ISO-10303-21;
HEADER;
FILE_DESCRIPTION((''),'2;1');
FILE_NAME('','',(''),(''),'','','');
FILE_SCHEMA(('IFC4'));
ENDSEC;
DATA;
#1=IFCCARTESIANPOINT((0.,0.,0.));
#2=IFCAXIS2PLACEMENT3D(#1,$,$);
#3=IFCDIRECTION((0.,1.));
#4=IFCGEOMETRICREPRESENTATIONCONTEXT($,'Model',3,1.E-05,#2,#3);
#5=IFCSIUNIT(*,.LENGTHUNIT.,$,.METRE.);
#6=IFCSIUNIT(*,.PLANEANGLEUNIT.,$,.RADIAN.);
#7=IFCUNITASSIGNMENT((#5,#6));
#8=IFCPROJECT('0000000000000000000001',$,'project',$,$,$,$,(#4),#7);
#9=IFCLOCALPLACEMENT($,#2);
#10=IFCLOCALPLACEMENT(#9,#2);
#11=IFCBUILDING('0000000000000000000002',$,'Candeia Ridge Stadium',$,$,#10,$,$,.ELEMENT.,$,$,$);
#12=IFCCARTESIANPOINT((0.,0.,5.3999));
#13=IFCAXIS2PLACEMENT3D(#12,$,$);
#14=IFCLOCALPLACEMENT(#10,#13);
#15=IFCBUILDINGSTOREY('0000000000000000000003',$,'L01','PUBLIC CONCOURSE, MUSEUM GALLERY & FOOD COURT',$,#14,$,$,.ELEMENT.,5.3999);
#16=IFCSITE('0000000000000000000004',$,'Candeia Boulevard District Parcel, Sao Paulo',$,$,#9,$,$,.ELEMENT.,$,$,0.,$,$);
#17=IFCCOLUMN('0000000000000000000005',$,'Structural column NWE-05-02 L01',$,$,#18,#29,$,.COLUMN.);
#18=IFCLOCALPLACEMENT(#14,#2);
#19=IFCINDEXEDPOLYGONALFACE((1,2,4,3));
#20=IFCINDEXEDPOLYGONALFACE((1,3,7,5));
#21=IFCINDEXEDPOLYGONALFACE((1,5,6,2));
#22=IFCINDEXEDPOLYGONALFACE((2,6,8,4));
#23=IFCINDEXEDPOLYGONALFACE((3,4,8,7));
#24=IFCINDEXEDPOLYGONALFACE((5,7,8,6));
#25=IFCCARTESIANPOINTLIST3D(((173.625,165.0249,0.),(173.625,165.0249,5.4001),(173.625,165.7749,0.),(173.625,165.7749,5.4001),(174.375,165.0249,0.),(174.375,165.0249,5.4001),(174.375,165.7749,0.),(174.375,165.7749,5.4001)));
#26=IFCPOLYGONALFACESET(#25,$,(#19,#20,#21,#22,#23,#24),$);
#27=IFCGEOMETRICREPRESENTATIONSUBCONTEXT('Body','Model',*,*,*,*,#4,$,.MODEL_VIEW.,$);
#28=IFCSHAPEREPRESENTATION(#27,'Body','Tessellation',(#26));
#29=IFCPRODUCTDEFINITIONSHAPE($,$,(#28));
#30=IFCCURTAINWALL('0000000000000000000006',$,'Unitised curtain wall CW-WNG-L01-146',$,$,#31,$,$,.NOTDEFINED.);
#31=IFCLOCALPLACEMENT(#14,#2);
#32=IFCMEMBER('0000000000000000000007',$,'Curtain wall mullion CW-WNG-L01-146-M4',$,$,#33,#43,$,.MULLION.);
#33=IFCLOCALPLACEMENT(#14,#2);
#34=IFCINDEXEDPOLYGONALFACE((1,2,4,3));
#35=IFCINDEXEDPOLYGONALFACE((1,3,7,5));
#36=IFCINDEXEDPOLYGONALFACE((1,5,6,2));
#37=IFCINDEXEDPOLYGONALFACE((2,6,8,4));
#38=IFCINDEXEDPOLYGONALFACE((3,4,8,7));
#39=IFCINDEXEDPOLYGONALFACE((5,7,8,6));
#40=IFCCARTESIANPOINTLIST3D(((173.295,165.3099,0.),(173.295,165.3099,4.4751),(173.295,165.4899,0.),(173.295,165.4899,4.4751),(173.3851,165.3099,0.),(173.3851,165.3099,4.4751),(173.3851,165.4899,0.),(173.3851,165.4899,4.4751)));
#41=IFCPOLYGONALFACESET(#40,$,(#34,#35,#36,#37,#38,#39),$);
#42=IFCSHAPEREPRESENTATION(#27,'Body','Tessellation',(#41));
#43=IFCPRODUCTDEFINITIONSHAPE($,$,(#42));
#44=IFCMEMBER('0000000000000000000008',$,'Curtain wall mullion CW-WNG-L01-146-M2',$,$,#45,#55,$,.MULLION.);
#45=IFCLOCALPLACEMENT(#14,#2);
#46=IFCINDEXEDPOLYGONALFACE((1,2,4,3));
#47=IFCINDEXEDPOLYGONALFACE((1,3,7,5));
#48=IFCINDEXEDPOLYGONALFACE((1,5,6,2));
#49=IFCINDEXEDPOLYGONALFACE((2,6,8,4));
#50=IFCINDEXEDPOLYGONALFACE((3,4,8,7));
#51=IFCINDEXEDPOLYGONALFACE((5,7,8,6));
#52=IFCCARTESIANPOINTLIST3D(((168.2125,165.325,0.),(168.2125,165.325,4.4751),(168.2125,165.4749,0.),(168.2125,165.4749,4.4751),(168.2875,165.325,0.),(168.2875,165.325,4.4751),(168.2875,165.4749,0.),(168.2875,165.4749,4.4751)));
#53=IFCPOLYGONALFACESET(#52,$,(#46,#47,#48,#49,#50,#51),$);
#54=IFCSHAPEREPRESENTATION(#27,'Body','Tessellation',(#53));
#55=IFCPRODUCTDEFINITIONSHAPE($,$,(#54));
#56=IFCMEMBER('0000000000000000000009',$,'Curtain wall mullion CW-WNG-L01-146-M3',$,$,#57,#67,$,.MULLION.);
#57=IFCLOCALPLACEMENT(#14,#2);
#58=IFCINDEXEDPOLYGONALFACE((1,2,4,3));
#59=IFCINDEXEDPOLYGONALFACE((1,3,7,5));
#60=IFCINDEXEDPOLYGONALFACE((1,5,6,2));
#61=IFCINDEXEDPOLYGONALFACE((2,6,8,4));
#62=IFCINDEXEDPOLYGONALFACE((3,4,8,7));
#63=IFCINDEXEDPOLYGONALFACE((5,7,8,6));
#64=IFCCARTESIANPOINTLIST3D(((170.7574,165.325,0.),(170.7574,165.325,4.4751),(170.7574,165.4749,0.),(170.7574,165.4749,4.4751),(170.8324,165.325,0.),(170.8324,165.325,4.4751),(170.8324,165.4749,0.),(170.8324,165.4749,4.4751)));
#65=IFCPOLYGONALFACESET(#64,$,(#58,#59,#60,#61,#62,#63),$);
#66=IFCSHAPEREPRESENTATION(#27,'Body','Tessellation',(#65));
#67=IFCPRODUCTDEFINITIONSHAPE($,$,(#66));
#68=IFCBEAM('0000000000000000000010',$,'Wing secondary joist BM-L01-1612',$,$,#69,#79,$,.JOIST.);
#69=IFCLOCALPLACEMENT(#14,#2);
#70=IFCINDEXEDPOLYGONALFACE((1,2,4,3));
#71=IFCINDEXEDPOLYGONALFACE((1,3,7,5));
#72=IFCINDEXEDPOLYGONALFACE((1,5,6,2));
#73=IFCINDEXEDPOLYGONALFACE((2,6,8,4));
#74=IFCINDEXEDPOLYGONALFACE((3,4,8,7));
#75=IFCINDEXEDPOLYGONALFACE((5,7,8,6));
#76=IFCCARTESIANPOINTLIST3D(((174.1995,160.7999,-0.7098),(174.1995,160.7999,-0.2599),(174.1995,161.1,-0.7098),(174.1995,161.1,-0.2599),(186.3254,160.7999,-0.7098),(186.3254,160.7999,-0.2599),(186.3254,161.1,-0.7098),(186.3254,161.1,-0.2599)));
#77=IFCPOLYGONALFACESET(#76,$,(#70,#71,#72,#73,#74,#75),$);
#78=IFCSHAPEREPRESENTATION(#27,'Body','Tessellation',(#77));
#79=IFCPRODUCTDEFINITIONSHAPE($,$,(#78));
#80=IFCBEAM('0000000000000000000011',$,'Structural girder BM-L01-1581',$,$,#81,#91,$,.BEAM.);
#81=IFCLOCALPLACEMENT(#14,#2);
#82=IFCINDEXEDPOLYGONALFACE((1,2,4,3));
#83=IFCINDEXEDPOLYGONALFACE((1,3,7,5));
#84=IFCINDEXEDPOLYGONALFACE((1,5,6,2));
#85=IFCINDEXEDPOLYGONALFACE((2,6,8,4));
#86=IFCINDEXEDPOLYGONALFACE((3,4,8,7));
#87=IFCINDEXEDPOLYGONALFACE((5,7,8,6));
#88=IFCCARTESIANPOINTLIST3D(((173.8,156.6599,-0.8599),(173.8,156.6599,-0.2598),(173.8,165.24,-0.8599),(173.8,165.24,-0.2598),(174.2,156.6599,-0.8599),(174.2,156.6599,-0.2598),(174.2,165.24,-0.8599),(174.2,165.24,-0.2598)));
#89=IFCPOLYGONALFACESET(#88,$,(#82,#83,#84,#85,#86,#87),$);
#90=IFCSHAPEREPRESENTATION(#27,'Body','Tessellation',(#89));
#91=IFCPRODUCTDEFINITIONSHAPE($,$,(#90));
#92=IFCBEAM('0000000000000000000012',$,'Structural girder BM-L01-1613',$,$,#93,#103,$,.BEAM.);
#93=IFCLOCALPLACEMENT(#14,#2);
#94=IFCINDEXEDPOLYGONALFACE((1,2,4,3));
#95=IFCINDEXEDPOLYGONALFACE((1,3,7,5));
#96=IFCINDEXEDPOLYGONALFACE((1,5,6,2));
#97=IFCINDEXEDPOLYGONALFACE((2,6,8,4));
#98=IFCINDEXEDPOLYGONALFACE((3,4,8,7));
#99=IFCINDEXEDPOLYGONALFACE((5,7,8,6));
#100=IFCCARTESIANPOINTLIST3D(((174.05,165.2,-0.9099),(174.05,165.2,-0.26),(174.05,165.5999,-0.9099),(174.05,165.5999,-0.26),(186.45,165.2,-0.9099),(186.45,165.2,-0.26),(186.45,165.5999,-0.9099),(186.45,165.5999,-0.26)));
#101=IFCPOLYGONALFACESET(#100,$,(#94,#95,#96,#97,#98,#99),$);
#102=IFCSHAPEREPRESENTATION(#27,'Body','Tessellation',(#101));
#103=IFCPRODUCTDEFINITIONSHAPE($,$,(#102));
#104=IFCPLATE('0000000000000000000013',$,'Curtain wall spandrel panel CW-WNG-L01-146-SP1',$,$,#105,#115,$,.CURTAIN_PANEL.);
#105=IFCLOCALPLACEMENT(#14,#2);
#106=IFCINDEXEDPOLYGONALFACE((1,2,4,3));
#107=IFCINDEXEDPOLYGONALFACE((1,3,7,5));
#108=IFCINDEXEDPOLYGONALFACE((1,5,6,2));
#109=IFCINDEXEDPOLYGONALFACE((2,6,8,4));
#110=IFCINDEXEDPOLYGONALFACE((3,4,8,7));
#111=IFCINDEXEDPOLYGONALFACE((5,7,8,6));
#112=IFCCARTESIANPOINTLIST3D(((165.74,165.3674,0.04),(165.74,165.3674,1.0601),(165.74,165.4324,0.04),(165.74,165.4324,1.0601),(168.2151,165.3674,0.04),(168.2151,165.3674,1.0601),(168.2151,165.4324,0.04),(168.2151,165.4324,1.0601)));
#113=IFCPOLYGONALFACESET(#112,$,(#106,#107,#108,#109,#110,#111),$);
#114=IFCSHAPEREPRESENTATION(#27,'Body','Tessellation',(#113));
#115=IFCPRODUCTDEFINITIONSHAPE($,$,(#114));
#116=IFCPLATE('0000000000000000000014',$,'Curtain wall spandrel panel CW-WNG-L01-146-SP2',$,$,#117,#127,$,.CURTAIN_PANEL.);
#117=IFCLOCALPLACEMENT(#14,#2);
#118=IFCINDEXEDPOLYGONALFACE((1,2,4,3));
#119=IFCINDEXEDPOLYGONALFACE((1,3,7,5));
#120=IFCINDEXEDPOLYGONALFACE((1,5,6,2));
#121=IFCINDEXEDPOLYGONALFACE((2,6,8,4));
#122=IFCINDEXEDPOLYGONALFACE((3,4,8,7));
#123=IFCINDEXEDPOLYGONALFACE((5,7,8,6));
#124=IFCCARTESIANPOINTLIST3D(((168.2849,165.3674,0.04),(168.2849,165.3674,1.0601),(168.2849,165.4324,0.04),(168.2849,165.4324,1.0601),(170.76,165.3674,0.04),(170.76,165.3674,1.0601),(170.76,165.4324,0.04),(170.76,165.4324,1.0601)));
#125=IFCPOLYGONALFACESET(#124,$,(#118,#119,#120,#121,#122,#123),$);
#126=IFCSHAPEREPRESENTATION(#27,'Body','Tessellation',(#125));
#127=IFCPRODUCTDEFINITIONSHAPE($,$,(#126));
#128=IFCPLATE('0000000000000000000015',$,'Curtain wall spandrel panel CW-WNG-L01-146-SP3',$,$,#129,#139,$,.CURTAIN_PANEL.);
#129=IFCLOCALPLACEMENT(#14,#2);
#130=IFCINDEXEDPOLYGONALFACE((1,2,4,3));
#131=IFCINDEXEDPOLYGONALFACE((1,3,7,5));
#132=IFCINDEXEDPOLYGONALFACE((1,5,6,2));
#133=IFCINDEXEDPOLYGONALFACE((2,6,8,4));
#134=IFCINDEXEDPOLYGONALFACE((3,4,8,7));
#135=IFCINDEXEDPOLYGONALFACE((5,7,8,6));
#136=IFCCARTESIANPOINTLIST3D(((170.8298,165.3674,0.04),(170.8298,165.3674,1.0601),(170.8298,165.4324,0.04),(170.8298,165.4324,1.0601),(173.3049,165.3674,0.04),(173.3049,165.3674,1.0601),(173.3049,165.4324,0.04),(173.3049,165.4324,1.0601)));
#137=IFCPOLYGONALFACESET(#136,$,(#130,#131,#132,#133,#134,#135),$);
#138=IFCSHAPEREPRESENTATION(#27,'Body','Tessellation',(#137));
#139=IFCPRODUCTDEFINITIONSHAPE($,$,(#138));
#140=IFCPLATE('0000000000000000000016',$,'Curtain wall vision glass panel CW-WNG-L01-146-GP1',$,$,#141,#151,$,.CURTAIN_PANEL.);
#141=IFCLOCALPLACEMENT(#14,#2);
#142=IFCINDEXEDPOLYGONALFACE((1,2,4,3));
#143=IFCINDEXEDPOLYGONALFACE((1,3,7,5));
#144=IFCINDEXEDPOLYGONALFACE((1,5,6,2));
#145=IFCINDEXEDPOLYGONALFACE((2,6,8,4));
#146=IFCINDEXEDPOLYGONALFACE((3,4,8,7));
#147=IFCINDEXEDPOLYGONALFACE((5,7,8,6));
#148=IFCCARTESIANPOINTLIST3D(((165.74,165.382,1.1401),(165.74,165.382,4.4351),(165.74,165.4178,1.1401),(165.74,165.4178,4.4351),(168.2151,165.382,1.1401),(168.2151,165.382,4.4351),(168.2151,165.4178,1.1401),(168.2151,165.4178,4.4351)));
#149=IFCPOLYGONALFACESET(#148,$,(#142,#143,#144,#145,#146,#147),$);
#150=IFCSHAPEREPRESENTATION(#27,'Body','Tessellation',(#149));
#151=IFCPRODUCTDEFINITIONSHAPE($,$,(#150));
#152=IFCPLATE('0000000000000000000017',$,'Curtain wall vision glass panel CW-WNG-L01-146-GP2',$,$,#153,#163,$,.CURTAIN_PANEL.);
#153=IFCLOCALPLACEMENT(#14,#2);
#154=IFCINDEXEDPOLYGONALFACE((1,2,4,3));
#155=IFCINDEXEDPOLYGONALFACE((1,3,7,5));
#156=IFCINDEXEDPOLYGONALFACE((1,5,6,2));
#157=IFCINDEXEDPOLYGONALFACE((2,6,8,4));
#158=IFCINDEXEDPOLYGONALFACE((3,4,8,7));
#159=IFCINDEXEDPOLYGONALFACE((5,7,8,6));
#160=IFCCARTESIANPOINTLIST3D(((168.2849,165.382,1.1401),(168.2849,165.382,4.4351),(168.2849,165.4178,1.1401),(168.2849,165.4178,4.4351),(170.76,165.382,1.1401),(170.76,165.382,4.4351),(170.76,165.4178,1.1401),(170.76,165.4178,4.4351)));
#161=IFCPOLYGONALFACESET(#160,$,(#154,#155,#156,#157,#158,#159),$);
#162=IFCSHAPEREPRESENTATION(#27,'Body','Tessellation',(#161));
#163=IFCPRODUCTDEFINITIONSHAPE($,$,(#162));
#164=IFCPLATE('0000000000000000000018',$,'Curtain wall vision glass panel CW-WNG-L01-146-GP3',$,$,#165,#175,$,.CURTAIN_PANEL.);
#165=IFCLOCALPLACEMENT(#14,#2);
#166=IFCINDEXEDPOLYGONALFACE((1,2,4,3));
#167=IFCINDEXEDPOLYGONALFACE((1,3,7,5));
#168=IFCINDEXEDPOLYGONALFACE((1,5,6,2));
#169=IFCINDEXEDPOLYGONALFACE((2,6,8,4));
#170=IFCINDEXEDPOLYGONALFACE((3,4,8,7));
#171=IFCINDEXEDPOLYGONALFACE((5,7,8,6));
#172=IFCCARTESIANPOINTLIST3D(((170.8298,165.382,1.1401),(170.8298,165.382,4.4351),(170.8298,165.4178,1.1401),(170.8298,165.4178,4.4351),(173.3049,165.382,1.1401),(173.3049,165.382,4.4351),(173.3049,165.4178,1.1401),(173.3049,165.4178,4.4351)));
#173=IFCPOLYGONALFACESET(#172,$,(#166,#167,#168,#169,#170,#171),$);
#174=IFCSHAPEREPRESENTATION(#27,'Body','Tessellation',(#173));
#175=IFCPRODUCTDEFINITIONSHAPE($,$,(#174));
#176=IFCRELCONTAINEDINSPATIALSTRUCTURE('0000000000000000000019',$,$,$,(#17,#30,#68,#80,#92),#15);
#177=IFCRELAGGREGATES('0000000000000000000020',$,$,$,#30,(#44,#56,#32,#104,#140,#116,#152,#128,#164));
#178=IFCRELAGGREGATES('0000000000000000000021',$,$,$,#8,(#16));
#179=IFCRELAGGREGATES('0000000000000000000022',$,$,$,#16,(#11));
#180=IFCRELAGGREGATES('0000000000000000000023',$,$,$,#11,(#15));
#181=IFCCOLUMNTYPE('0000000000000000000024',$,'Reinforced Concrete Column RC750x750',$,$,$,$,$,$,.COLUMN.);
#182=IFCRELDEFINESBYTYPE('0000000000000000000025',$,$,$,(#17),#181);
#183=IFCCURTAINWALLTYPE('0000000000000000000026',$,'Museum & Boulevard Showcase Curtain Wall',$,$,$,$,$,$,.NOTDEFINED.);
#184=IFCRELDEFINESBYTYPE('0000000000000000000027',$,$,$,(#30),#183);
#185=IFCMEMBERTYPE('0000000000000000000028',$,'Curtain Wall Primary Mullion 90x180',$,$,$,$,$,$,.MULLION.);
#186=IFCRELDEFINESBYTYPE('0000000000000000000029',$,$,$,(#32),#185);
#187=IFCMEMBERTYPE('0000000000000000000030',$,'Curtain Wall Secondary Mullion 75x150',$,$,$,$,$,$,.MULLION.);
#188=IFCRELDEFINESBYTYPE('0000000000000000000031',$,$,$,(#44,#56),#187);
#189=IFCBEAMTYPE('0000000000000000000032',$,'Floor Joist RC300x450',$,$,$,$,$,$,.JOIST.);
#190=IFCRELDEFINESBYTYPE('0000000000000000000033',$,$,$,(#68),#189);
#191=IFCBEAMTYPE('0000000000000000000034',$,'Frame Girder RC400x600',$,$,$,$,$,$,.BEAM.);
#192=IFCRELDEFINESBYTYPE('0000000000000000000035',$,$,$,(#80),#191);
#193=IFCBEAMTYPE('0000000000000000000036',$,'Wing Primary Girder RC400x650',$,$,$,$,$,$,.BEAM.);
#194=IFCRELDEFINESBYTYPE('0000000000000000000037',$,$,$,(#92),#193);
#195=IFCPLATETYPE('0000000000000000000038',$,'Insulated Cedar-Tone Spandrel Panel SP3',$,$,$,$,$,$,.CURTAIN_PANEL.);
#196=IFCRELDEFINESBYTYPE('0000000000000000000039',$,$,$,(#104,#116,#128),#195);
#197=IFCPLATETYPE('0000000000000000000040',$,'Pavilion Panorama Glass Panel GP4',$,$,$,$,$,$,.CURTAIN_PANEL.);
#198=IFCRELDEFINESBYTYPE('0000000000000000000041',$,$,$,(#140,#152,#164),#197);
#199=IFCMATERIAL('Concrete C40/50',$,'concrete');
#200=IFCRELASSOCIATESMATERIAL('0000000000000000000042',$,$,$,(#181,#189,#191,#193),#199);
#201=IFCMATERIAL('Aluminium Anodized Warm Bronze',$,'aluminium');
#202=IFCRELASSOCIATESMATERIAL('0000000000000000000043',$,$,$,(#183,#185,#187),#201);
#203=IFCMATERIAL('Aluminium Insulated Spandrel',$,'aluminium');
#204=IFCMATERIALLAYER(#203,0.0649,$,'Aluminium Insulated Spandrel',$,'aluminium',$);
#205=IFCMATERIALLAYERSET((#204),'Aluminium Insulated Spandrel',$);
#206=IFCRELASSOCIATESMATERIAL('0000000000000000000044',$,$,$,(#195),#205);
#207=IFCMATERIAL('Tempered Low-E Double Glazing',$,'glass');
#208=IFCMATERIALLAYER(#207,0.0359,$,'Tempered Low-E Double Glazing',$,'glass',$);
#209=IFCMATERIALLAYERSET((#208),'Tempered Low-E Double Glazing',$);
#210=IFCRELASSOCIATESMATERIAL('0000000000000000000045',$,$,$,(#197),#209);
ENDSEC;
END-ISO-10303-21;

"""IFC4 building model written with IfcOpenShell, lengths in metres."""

from ifc_helpers import new_model, si_unit, direction, frame, origin, origin_2d, place, context, subcontext, project, spatial, rectangle, extrude, material, layer, layer_set, material_profile, profile_set, type_object, element, aggregate, save


model = new_model("IFC4")

# Units and contexts
model_context = context("Model", 3, precision=1e-05, world=origin(), true_north=direction((0.0, 1.0)))
body_context = subcontext(model_context, "Body", "Model", "MODEL_VIEW")
ifc_project = project(units=[si_unit("LENGTHUNIT", "METRE"), si_unit("PLANEANGLEUNIT", "RADIAN")], contexts=[model_context])

# Site, building, storey
site_placement = place(None, origin())
site = spatial("IfcSite", under=ifc_project, at=site_placement, Name="Candeia Boulevard District Parcel, Sao Paulo", CompositionType="ELEMENT", RefElevation=0.0)
building_placement = place(site_placement, origin())
building = spatial("IfcBuilding", under=site, at=building_placement, Name="Candeia Ridge Stadium", CompositionType="ELEMENT")
storey_placement = place(building_placement, frame((0.0, 0.0, 5.3999)))
storey = spatial("IfcBuildingStorey", under=building, at=storey_placement, Name="L01", Description="PUBLIC CONCOURSE, MUSEUM GALLERY & FOOD COURT", CompositionType="ELEMENT", Elevation=5.3999)

# Column
ifc_material_1 = material(Name="Concrete C40/50", Category="concrete")
ifc_material_profile_1 = material_profile(ifc_material_1, rectangle(XDim=0.75, YDim=0.75, at=origin_2d()), Name="RC750x750", Category="concrete")
ifc_profile_set_1 = profile_set([ifc_material_profile_1], Name="Concrete C40/50")
column_type = type_object("IfcColumnType", Name="Reinforced Concrete Column RC750x750", PredefinedType="COLUMN", material=ifc_profile_set_1)
column_placement = place(storey_placement, frame((174.0, 165.3999, 0.0), z_axis=(0.0, 0.0, 1.0), x_axis=(1.0, 0.0, 0.0)))
element("IfcColumn", 1, at=column_placement, inside=storey, type_object=column_type, Name="Structural column NWE-05-02 L01", PredefinedType="COLUMN", context=body_context, shape_type="SweptSolid", body=[
    extrude(rectangle(XDim=0.75, YDim=0.75, at=origin_2d()), origin(), (0.0, 0.0, 1.0), 5.4001),
])

# Curtain wall, members
ifc_material_2 = material(Name="Aluminium Anodized Warm Bronze", Category="aluminium")
curtain_wall_type = type_object("IfcCurtainWallType", Name="Museum & Boulevard Showcase Curtain Wall", PredefinedType="NOTDEFINED", material=ifc_material_2)
curtain_wall_placement = place(storey_placement, origin())
curtain_wall = element("IfcCurtainWall", 2, at=curtain_wall_placement, inside=storey, type_object=curtain_wall_type, Name="Unitised curtain wall CW-WNG-L01-146", PredefinedType="NOTDEFINED")
ifc_material_profile_2 = material_profile(ifc_material_2, rectangle(XDim=0.0901, YDim=0.1799, at=origin_2d()), Name="CWM-90x180", Category="aluminium")
ifc_profile_set_2 = profile_set([ifc_material_profile_2], Name="Aluminium Anodized Warm Bronze")
member_type_1 = type_object("IfcMemberType", Name="Curtain Wall Primary Mullion 90x180", PredefinedType="MULLION", material=ifc_profile_set_2)
member_1_placement = place(storey_placement, frame((173.3401, 165.3999, 0.0), z_axis=(0.0, 0.0, 1.0), x_axis=(1.0, 0.0, 0.0)))
member_1 = element("IfcMember", 3, at=member_1_placement, type_object=member_type_1, Name="Curtain wall mullion CW-WNG-L01-146-M4", PredefinedType="MULLION", context=body_context, shape_type="SweptSolid", body=[
    extrude(rectangle(XDim=0.0901, YDim=0.1799, at=origin_2d()), origin(), (0.0, 0.0, 1.0), 4.4751),
])
ifc_material_profile_3 = material_profile(ifc_material_2, rectangle(XDim=0.075, YDim=0.1499, at=origin_2d()), Name="CWM-75x150", Category="aluminium")
ifc_profile_set_3 = profile_set([ifc_material_profile_3], Name="Aluminium Anodized Warm Bronze")
member_type_2 = type_object("IfcMemberType", Name="Curtain Wall Secondary Mullion 75x150", PredefinedType="MULLION", material=ifc_profile_set_3)
member_2_placement = place(storey_placement, frame((168.25, 165.3999, 0.0), z_axis=(0.0, 0.0, 1.0), x_axis=(1.0, 0.0, 0.0)))
member_2 = element("IfcMember", 4, at=member_2_placement, type_object=member_type_2, Name="Curtain wall mullion CW-WNG-L01-146-M2", PredefinedType="MULLION", context=body_context, shape_type="SweptSolid", body=[
    extrude(rectangle(XDim=0.075, YDim=0.1499, at=origin_2d()), origin(), (0.0, 0.0, 1.0), 4.4751),
])
member_3_placement = place(storey_placement, frame((170.7949, 165.3999, 0.0), z_axis=(0.0, 0.0, 1.0), x_axis=(1.0, 0.0, 0.0)))
member_3 = element("IfcMember", 5, at=member_3_placement, type_object=member_type_2, Name="Curtain wall mullion CW-WNG-L01-146-M3", PredefinedType="MULLION", context=body_context, shape_type="SweptSolid", body=[
    extrude(rectangle(XDim=0.075, YDim=0.1499, at=origin_2d()), origin(), (0.0, 0.0, 1.0), 4.4751),
])

# Beams
ifc_material_profile_4 = material_profile(ifc_material_1, rectangle(XDim=0.3, YDim=0.45, at=origin_2d()), Name="RC300x450", Category="concrete")
ifc_profile_set_4 = profile_set([ifc_material_profile_4], Name="Concrete C40/50")
beam_type_1 = type_object("IfcBeamType", Name="Floor Joist RC300x450", PredefinedType="JOIST", material=ifc_profile_set_4)
beam_1_placement = place(storey_placement, frame((174.1995, 160.95, -0.4849), z_axis=(1.0, 0.0, 0.0), x_axis=(0.0, 1.0, 0.0)))
element("IfcBeam", 6, at=beam_1_placement, inside=storey, type_object=beam_type_1, Name="Wing secondary joist BM-L01-1612", PredefinedType="JOIST", context=body_context, shape_type="SweptSolid", body=[
    extrude(rectangle(XDim=0.3, YDim=0.45, at=origin_2d()), origin(), (0.0, 0.0, 1.0), 12.126),
])
ifc_material_profile_5 = material_profile(ifc_material_1, rectangle(XDim=0.3999, YDim=0.6001, at=origin_2d()), Name="RC400x600", Category="concrete")
ifc_profile_set_5 = profile_set([ifc_material_profile_5], Name="Concrete C40/50")
beam_type_2 = type_object("IfcBeamType", Name="Frame Girder RC400x600", PredefinedType="BEAM", material=ifc_profile_set_5)
beam_2_placement = place(storey_placement, frame((174.0, 156.6599, -0.5598), z_axis=(0.0, 1.0, 0.0), x_axis=(-1.0, 0.0, 0.0)))
element("IfcBeam", 7, at=beam_2_placement, inside=storey, type_object=beam_type_2, Name="Structural girder BM-L01-1581", PredefinedType="BEAM", context=body_context, shape_type="SweptSolid", body=[
    extrude(rectangle(XDim=0.3999, YDim=0.6001, at=origin_2d()), origin(), (0.0, 0.0, 1.0), 8.5801),
])
ifc_material_profile_6 = material_profile(ifc_material_1, rectangle(XDim=0.3999, YDim=0.6499, at=origin_2d()), Name="RC400x650", Category="concrete")
ifc_profile_set_6 = profile_set([ifc_material_profile_6], Name="Concrete C40/50")
beam_type_3 = type_object("IfcBeamType", Name="Wing Primary Girder RC400x650", PredefinedType="BEAM", material=ifc_profile_set_6)
beam_3_placement = place(storey_placement, frame((174.05, 165.3999, -0.585), z_axis=(1.0, 0.0, 0.0), x_axis=(0.0, 1.0, 0.0)))
element("IfcBeam", 8, at=beam_3_placement, inside=storey, type_object=beam_type_3, Name="Structural girder BM-L01-1613", PredefinedType="BEAM", context=body_context, shape_type="SweptSolid", body=[
    extrude(rectangle(XDim=0.3999, YDim=0.6499, at=origin_2d()), origin(), (0.0, 0.0, 1.0), 12.3999),
])

# Plates
ifc_material_3 = material(Name="Aluminium Insulated Spandrel", Category="aluminium")
ifc_layer_1 = layer(ifc_material_3, 0.0649, Name="Aluminium Insulated Spandrel", Category="aluminium")
ifc_layer_set_1 = layer_set([ifc_layer_1], Name="Aluminium Insulated Spandrel")
plate_type_1 = type_object("IfcPlateType", Name="Insulated Cedar-Tone Spandrel Panel SP3", PredefinedType="CURTAIN_PANEL", material=ifc_layer_set_1)
plate_1_placement = place(storey_placement, frame((166.9775, 165.3999, 0.04), z_axis=(0.0, 0.0, 1.0), x_axis=(1.0, 0.0, 0.0)))
plate_1 = element("IfcPlate", 9, at=plate_1_placement, type_object=plate_type_1, Name="Curtain wall spandrel panel CW-WNG-L01-146-SP1", PredefinedType="CURTAIN_PANEL", context=body_context, shape_type="SweptSolid", body=[
    extrude(rectangle(XDim=2.4751, YDim=0.0649, at=origin_2d()), origin(), (0.0, 0.0, 1.0), 1.02),
])
plate_2_placement = place(storey_placement, frame((169.5225, 165.3999, 0.04), z_axis=(0.0, 0.0, 1.0), x_axis=(1.0, 0.0, 0.0)))
plate_2 = element("IfcPlate", 10, at=plate_2_placement, type_object=plate_type_1, Name="Curtain wall spandrel panel CW-WNG-L01-146-SP2", PredefinedType="CURTAIN_PANEL", context=body_context, shape_type="SweptSolid", body=[
    extrude(rectangle(XDim=2.4751, YDim=0.0649, at=origin_2d()), origin(), (0.0, 0.0, 1.0), 1.02),
])
plate_3_placement = place(storey_placement, frame((172.0674, 165.3999, 0.04), z_axis=(0.0, 0.0, 1.0), x_axis=(1.0, 0.0, 0.0)))
plate_3 = element("IfcPlate", 11, at=plate_3_placement, type_object=plate_type_1, Name="Curtain wall spandrel panel CW-WNG-L01-146-SP3", PredefinedType="CURTAIN_PANEL", context=body_context, shape_type="SweptSolid", body=[
    extrude(rectangle(XDim=2.4751, YDim=0.0649, at=origin_2d()), origin(), (0.0, 0.0, 1.0), 1.02),
])
ifc_material_4 = material(Name="Tempered Low-E Double Glazing", Category="glass")
ifc_layer_2 = layer(ifc_material_4, 0.0359, Name="Tempered Low-E Double Glazing", Category="glass")
ifc_layer_set_2 = layer_set([ifc_layer_2], Name="Tempered Low-E Double Glazing")
plate_type_2 = type_object("IfcPlateType", Name="Pavilion Panorama Glass Panel GP4", PredefinedType="CURTAIN_PANEL", material=ifc_layer_set_2)
plate_4_placement = place(storey_placement, frame((166.9775, 165.3999, 1.1401), z_axis=(0.0, 0.0, 1.0), x_axis=(1.0, 0.0, 0.0)))
plate_4 = element("IfcPlate", 12, at=plate_4_placement, type_object=plate_type_2, Name="Curtain wall vision glass panel CW-WNG-L01-146-GP1", PredefinedType="CURTAIN_PANEL", context=body_context, shape_type="SweptSolid", body=[
    extrude(rectangle(XDim=2.4751, YDim=0.0359, at=origin_2d()), origin(), (0.0, 0.0, 1.0), 3.2949),
])
plate_5_placement = place(storey_placement, frame((169.5225, 165.3999, 1.1401), z_axis=(0.0, 0.0, 1.0), x_axis=(1.0, 0.0, 0.0)))
plate_5 = element("IfcPlate", 13, at=plate_5_placement, type_object=plate_type_2, Name="Curtain wall vision glass panel CW-WNG-L01-146-GP2", PredefinedType="CURTAIN_PANEL", context=body_context, shape_type="SweptSolid", body=[
    extrude(rectangle(XDim=2.4751, YDim=0.0359, at=origin_2d()), origin(), (0.0, 0.0, 1.0), 3.2949),
])
plate_6_placement = place(storey_placement, frame((172.0674, 165.3999, 1.1401), z_axis=(0.0, 0.0, 1.0), x_axis=(1.0, 0.0, 0.0)))
plate_6 = element("IfcPlate", 14, at=plate_6_placement, type_object=plate_type_2, Name="Curtain wall vision glass panel CW-WNG-L01-146-GP3", PredefinedType="CURTAIN_PANEL", context=body_context, shape_type="SweptSolid", body=[
    extrude(rectangle(XDim=2.4751, YDim=0.0359, at=origin_2d()), origin(), (0.0, 0.0, 1.0), 3.2949),
])
aggregate(curtain_wall, [member_2, member_3, member_1, plate_1, plate_4, plate_2, plate_5, plate_3, plate_6])

save(model, "model.ifc")
